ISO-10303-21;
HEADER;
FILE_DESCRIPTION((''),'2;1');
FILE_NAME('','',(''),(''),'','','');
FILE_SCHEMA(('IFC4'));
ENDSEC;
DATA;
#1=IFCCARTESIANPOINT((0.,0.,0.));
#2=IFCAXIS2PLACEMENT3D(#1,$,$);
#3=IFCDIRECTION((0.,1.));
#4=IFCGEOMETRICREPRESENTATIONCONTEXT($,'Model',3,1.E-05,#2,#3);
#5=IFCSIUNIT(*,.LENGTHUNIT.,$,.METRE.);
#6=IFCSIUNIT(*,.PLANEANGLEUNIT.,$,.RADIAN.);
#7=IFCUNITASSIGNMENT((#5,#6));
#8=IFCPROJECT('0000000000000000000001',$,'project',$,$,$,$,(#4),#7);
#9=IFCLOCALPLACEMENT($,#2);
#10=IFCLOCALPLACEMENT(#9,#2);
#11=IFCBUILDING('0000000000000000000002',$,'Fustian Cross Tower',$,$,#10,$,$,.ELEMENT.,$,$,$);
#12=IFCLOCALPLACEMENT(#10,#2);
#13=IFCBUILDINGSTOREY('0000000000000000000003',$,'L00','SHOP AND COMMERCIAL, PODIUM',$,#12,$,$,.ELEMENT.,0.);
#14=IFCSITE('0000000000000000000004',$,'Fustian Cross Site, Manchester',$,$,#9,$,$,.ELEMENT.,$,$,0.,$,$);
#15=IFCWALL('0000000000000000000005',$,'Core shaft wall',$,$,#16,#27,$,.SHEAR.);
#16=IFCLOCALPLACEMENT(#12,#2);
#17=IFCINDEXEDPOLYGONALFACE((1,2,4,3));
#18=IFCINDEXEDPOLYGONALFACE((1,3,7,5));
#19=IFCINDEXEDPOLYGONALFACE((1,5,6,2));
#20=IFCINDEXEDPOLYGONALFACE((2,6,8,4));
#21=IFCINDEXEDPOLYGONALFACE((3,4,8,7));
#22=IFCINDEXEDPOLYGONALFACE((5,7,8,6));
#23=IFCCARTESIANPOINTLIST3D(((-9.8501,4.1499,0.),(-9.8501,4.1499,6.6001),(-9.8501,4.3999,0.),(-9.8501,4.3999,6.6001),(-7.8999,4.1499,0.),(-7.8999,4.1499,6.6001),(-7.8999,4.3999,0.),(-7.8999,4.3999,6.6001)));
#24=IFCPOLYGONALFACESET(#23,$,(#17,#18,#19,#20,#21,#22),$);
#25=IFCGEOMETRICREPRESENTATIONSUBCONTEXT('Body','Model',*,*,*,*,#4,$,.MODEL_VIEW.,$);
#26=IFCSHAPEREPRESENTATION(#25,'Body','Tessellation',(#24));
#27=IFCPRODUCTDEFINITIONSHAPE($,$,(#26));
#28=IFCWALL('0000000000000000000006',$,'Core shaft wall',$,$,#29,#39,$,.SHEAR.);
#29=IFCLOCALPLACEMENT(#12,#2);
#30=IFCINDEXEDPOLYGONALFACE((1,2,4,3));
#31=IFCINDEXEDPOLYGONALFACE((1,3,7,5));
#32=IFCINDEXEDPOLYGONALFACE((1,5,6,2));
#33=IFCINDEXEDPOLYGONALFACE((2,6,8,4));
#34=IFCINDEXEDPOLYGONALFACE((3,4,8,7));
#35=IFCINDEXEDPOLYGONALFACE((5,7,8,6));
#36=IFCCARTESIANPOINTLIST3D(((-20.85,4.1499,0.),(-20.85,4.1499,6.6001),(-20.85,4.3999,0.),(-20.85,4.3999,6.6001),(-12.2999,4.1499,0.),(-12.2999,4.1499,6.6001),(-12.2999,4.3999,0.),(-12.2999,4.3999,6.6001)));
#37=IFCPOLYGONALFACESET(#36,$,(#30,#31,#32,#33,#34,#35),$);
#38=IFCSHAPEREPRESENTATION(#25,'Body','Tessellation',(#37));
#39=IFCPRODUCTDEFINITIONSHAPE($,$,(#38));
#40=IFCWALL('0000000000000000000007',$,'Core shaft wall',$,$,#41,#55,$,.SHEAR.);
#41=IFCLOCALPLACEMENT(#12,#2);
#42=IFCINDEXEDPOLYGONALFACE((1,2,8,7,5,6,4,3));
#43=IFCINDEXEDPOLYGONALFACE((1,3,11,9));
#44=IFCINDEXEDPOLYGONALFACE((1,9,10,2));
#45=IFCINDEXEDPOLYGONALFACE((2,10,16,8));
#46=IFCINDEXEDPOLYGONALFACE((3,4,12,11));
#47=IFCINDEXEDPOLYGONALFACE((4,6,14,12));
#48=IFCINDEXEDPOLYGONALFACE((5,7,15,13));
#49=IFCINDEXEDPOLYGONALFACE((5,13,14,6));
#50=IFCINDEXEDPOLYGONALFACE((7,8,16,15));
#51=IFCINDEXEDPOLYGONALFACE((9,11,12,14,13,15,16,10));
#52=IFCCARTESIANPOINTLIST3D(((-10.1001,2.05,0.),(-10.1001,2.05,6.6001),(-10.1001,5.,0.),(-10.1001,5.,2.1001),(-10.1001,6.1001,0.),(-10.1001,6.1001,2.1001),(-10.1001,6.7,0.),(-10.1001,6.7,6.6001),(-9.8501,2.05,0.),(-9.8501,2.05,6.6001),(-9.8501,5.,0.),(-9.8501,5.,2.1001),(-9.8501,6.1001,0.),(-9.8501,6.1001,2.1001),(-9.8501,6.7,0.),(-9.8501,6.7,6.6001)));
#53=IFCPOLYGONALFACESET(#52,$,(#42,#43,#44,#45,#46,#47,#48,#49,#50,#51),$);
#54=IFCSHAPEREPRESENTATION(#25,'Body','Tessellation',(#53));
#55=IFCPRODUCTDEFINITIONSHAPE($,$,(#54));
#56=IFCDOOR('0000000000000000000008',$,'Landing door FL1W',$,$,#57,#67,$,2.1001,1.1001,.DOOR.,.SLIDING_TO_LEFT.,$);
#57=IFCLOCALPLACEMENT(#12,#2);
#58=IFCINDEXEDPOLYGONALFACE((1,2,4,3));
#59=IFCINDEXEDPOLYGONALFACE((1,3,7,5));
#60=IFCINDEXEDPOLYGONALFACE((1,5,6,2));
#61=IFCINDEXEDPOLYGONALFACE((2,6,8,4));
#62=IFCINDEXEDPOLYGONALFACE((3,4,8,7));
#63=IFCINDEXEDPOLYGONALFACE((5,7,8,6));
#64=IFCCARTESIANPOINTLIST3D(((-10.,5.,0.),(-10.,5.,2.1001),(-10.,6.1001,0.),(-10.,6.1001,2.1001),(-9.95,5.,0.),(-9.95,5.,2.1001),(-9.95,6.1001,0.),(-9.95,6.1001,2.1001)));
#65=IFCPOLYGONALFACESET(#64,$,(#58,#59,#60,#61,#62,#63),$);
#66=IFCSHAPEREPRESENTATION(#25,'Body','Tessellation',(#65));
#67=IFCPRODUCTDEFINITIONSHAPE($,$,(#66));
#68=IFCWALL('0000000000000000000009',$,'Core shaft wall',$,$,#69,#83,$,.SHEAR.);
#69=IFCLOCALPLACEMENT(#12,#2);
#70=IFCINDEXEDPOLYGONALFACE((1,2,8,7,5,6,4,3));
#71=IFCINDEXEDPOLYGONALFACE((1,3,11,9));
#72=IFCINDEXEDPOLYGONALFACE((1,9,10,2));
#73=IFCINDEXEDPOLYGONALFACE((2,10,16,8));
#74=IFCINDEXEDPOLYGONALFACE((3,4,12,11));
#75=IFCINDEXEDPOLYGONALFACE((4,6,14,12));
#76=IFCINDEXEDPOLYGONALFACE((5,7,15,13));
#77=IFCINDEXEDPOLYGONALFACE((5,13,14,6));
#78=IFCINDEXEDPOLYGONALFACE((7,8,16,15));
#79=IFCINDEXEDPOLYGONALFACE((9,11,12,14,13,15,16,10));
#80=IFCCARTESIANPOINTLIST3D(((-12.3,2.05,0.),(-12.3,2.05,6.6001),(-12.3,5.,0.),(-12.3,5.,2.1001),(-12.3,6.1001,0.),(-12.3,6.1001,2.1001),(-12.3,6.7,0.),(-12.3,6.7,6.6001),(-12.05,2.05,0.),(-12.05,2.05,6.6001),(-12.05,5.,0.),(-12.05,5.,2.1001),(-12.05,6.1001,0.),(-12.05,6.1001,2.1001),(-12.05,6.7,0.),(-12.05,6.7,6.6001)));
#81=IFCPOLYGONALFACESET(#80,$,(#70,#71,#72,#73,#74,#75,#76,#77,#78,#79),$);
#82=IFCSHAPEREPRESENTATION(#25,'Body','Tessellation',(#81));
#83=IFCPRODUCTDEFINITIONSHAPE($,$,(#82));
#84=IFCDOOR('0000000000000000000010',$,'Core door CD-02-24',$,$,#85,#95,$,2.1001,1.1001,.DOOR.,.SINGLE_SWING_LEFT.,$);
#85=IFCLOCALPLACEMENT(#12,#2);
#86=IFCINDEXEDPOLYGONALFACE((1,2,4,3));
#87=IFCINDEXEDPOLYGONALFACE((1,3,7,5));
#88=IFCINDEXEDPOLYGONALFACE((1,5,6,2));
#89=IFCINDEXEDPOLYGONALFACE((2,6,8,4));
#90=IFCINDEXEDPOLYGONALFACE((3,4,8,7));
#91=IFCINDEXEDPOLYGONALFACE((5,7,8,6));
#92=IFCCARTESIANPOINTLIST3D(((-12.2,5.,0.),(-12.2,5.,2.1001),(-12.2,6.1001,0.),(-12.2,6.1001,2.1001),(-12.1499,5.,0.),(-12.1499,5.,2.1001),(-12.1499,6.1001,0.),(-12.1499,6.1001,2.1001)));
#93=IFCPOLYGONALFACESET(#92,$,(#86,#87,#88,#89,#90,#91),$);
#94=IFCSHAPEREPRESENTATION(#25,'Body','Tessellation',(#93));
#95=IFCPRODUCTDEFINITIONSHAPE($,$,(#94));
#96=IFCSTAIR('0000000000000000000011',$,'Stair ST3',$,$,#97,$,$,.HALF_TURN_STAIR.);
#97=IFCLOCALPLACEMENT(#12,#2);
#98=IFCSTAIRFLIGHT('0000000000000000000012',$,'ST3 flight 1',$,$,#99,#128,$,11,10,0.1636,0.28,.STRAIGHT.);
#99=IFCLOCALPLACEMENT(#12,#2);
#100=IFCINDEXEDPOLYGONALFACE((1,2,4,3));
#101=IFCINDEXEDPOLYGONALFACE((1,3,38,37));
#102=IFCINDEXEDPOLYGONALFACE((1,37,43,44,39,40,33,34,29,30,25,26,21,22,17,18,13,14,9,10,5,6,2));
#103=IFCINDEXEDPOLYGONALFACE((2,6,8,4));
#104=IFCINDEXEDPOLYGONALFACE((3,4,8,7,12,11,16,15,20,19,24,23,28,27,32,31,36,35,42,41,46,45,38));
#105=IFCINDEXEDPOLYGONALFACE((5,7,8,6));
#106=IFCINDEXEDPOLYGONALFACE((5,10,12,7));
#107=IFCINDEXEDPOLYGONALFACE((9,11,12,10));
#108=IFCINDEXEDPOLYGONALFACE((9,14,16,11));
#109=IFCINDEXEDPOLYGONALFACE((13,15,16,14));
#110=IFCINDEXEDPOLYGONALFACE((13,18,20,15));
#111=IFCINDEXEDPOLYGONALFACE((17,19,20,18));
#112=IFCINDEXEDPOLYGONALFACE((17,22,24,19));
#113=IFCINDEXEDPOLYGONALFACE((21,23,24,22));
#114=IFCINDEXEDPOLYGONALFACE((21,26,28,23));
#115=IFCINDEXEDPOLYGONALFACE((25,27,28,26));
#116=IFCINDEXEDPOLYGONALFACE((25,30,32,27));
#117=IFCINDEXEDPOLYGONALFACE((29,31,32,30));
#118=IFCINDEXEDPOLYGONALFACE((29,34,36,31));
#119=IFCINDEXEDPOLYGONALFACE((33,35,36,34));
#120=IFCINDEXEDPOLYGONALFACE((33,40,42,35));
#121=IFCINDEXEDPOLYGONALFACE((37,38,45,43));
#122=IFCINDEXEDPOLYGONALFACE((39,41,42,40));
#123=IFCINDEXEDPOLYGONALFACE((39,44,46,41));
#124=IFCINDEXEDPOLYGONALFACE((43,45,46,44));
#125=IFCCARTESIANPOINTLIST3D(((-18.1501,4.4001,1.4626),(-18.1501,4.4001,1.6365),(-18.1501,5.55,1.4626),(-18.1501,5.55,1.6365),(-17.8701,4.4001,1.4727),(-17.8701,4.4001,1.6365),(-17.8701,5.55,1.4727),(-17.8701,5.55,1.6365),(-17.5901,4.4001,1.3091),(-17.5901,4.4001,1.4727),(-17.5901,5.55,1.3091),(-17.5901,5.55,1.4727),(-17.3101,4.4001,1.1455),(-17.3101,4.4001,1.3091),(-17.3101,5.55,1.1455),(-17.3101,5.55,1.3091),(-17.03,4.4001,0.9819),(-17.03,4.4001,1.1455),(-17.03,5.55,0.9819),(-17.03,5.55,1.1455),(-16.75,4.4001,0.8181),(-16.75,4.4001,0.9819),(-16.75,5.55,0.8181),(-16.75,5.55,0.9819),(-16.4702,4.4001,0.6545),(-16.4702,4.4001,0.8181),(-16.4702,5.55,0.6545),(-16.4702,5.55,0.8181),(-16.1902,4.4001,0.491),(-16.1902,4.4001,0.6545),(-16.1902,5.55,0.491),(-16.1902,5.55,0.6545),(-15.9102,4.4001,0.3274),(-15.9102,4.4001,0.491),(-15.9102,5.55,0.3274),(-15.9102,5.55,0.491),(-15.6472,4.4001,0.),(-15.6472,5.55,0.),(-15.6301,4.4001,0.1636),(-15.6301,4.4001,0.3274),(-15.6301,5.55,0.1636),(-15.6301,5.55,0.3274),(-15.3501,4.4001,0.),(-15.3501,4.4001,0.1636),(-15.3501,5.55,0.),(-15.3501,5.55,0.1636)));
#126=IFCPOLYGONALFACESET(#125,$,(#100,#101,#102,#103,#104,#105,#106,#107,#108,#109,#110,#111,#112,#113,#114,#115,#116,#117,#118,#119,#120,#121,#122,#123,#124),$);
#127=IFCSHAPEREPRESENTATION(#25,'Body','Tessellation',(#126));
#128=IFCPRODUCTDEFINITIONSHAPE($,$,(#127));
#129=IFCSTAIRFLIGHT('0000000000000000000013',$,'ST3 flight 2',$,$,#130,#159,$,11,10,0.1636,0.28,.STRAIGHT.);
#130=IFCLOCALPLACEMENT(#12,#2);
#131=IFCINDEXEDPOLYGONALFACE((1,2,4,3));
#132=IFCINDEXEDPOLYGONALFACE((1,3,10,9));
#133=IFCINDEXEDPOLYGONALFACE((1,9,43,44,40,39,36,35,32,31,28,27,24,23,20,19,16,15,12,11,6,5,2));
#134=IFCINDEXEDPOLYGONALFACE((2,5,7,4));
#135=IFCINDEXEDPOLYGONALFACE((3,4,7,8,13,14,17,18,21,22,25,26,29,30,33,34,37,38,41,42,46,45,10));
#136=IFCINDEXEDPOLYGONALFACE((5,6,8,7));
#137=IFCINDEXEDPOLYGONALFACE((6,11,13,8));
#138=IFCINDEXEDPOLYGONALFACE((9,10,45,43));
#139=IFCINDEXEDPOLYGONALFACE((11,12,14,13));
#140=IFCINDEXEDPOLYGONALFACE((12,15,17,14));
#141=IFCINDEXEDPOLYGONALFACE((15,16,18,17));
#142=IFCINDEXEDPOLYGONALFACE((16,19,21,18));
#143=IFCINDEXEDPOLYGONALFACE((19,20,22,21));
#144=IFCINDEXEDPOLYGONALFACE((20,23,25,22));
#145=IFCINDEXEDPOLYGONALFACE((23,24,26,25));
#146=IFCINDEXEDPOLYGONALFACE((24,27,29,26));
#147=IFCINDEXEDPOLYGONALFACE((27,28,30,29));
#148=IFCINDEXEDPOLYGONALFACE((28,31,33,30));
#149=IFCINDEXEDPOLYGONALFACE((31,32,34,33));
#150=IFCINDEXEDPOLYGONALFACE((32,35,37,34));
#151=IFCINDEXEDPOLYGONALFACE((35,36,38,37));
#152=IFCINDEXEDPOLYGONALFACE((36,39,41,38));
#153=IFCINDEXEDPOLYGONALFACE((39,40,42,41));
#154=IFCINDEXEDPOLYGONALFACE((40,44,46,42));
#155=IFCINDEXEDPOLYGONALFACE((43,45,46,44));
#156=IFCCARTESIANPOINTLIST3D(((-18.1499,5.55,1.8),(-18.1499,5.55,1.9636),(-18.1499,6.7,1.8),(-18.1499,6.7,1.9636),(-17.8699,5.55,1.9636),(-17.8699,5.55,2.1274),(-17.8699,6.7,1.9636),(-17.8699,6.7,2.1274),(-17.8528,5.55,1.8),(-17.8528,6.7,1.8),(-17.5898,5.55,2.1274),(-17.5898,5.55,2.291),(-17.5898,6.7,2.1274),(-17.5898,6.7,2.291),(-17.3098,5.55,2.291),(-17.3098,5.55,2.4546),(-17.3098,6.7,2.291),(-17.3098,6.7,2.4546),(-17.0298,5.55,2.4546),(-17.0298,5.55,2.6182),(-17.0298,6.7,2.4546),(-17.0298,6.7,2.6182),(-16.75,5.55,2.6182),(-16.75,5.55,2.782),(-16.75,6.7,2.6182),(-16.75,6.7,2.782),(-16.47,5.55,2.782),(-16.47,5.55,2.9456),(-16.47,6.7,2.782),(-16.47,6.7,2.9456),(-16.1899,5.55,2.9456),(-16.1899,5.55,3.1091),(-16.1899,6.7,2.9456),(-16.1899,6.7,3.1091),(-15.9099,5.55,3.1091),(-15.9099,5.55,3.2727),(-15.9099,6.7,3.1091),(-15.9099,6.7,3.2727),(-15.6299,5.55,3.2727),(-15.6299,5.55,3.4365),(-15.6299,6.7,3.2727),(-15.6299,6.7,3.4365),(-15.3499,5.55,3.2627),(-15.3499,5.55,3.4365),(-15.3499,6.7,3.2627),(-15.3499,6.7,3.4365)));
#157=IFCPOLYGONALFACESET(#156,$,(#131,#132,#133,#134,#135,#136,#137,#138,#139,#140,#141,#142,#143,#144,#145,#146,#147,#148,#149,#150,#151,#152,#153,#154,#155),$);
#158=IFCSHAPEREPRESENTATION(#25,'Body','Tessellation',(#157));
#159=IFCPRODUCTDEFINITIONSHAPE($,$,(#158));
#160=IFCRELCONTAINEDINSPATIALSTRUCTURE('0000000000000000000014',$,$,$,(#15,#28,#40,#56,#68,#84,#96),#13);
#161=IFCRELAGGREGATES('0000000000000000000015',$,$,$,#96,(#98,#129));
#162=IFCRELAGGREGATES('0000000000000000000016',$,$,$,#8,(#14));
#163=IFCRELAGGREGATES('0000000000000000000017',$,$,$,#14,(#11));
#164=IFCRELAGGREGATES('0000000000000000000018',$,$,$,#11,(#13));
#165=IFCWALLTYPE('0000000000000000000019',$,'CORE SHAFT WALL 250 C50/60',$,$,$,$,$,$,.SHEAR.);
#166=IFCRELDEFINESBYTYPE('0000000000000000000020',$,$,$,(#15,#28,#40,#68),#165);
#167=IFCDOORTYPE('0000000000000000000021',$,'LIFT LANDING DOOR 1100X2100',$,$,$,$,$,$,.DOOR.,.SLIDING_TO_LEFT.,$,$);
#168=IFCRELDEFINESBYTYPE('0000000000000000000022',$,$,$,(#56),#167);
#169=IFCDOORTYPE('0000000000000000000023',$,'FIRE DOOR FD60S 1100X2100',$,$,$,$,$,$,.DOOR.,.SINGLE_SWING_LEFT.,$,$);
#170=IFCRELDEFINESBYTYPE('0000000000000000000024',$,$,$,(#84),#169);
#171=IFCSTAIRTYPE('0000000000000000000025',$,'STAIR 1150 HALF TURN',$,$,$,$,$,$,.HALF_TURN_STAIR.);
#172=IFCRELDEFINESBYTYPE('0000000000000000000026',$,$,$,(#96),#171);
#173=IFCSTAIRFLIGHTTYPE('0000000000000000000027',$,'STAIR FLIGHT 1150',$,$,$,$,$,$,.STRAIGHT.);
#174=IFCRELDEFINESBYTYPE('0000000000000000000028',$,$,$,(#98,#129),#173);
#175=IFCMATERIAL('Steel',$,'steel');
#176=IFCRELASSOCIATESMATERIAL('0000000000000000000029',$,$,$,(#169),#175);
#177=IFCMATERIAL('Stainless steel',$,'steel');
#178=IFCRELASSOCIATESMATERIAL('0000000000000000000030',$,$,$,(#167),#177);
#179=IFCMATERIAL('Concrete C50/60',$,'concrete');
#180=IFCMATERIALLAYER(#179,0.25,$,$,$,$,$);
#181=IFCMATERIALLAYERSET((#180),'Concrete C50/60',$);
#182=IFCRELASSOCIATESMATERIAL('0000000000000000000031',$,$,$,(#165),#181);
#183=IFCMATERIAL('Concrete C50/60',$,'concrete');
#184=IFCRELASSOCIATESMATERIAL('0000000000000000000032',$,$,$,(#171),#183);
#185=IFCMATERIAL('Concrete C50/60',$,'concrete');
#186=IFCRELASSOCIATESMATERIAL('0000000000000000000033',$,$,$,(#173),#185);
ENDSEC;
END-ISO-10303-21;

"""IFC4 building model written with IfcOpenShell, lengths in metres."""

from ifc_helpers import new_model, si_unit, direction, frame, frame_2d, origin, place, context, subcontext, project, spatial, polyline, rectangle, outline, extrude, material, layer, layer_set, type_object, element, fill, aggregate, save


model = new_model("IFC4")

# Units and contexts
model_context = context("Model", 3, precision=1e-05, world=origin(), true_north=direction((0.0, 1.0)))
body_context = subcontext(model_context, "Body", "Model", "MODEL_VIEW")
ifc_project = project(units=[si_unit("LENGTHUNIT", "METRE"), si_unit("PLANEANGLEUNIT", "RADIAN")], contexts=[model_context])

# Site, building, storey
site_placement = place(None, origin())
site = spatial("IfcSite", under=ifc_project, at=site_placement, Name="Fustian Cross Site, Manchester", CompositionType="ELEMENT", RefElevation=0.0)
building_placement = place(site_placement, origin())
building = spatial("IfcBuilding", under=site, at=building_placement, Name="Fustian Cross Tower", CompositionType="ELEMENT")
storey_placement = place(building_placement, origin())
storey = spatial("IfcBuildingStorey", under=building, at=storey_placement, Name="L00", Description="SHOP AND COMMERCIAL, PODIUM", CompositionType="ELEMENT", Elevation=0.0)

# Shared definitions
ifc_material_1 = material(Name="Steel", Category="steel")
door_type_1 = type_object("IfcDoorType", Name="FIRE DOOR FD60S 1100X2100", OperationType="SINGLE_SWING_LEFT", PredefinedType="DOOR", material=ifc_material_1)

# Shared definitions
ifc_material_2 = material(Name="Stainless steel", Category="steel")
door_type_2 = type_object("IfcDoorType", Name="LIFT LANDING DOOR 1100X2100", OperationType="SLIDING_TO_LEFT", PredefinedType="DOOR", material=ifc_material_2)

# Walls
ifc_material_3 = material(Name="Concrete C50/60", Category="concrete")
ifc_layer_1 = layer(ifc_material_3, 0.25)
ifc_layer_set_1 = layer_set([ifc_layer_1], Name="Concrete C50/60")
wall_type_1 = type_object("IfcWallType", Name="CORE SHAFT WALL 250 C50/60", PredefinedType="SHEAR", material=ifc_layer_set_1)
wall_1_placement = place(storey_placement, frame((-7.8999, 4.2749, 0.0), z_axis=(0.0, 0.0, 1.0), x_axis=(-1.0, 0.0, 0.0)))
element("IfcWall", 1, at=wall_1_placement, inside=storey, type_object=wall_type_1, Name="Core shaft wall", PredefinedType="SHEAR", context=body_context, shape_type="SweptSolid", body=[
    extrude(rectangle(XDim=1.9502, YDim=0.25, at=frame_2d((0.9751, 0.0))), origin(), (0.0, 0.0, 1.0), 6.6001),
])
wall_2_placement = place(storey_placement, frame((-12.3, 4.2749, 0.0), z_axis=(0.0, 0.0, 1.0), x_axis=(-1.0, 0.0, 0.0)))
element("IfcWall", 2, at=wall_2_placement, inside=storey, type_object=wall_type_1, Name="Core shaft wall", PredefinedType="SHEAR", context=body_context, shape_type="SweptSolid", body=[
    extrude(rectangle(XDim=8.55, YDim=0.25, at=frame_2d((4.2749, 0.0))), origin(), (0.0, 0.0, 1.0), 6.6001),
])

# Walls, openings, doors
wall_3_placement = place(storey_placement, frame((-9.9751, 2.05, 0.0), z_axis=(0.0, 0.0, 1.0), x_axis=(0.0, 1.0, 0.0)))
wall_3 = element("IfcWall", 3, at=wall_3_placement, inside=storey, type_object=wall_type_1, Name="Core shaft wall", PredefinedType="SHEAR", context=body_context, shape_type="SweptSolid", body=[
    extrude(rectangle(XDim=4.6499, YDim=0.25, at=frame_2d((2.325, 0.0))), origin(), (0.0, 0.0, 1.0), 6.6001),
])
opening_1_placement = place(wall_3_placement, frame((2.95, 0.0, 0.0)))
opening_1 = element("IfcOpeningElement", 4, at=opening_1_placement, cuts=wall_3, PredefinedType="OPENING", context=body_context, shape_type="SweptSolid", body=[
    extrude(rectangle(XDim=1.1001, YDim=2.1001, at=frame_2d((0.55, 1.05))), frame((0.0, 0.135, 0.0), z_axis=(0.0, -1.0, 0.0), x_axis=(1.0, 0.0, 0.0)), (0.0, 0.0, 1.0), 0.27),
])
door_1_placement = place(opening_1_placement, origin())
door_1 = element("IfcDoor", 5, at=door_1_placement, inside=storey, type_object=door_type_2, Name="Landing door FL1W", OperationType="SLIDING_TO_LEFT", OverallHeight=2.1001, OverallWidth=1.1001, PredefinedType="DOOR", context=body_context, shape_type="SweptSolid", body=[
    extrude(rectangle(XDim=1.1001, YDim=2.1001, at=frame_2d((0.55, 1.05))), frame((0.0, 0.0249, 0.0), z_axis=(0.0, -1.0, 0.0), x_axis=(1.0, 0.0, 0.0)), (0.0, 0.0, 1.0), 0.05),
])
fill(opening_1, door_1)
wall_4_placement = place(storey_placement, frame((-12.175, 2.05, 0.0), z_axis=(0.0, 0.0, 1.0), x_axis=(0.0, 1.0, 0.0)))
wall_4 = element("IfcWall", 6, at=wall_4_placement, inside=storey, type_object=wall_type_1, Name="Core shaft wall", PredefinedType="SHEAR", context=body_context, shape_type="SweptSolid", body=[
    extrude(rectangle(XDim=4.6499, YDim=0.25, at=frame_2d((2.325, 0.0))), origin(), (0.0, 0.0, 1.0), 6.6001),
])
opening_2_placement = place(wall_4_placement, frame((2.95, 0.0, 0.0)))
opening_2 = element("IfcOpeningElement", 7, at=opening_2_placement, cuts=wall_4, PredefinedType="OPENING", context=body_context, shape_type="SweptSolid", body=[
    extrude(rectangle(XDim=1.1001, YDim=2.1001, at=frame_2d((0.55, 1.05))), frame((0.0, 0.135, 0.0), z_axis=(0.0, -1.0, 0.0), x_axis=(1.0, 0.0, 0.0)), (0.0, 0.0, 1.0), 0.27),
])
door_2_placement = place(opening_2_placement, origin())
door_2 = element("IfcDoor", 8, at=door_2_placement, inside=storey, type_object=door_type_1, Name="Core door CD-02-24", OperationType="SINGLE_SWING_LEFT", OverallHeight=2.1001, OverallWidth=1.1001, PredefinedType="DOOR", context=body_context, shape_type="SweptSolid", body=[
    extrude(rectangle(XDim=1.1001, YDim=2.1001, at=frame_2d((0.55, 1.05))), frame((0.0, 0.0249, 0.0), z_axis=(0.0, -1.0, 0.0), x_axis=(1.0, 0.0, 0.0)), (0.0, 0.0, 1.0), 0.05),
])
fill(opening_2, door_2)

# Stair, stair flights
ifc_material_4 = material(Name="Concrete C50/60", Category="concrete")
stair_type = type_object("IfcStairType", Name="STAIR 1150 HALF TURN", PredefinedType="HALF_TURN_STAIR", material=ifc_material_4)
stair_placement = place(storey_placement, origin())
stair = element("IfcStair", 9, at=stair_placement, inside=storey, type_object=stair_type, Name="Stair ST3", PredefinedType="HALF_TURN_STAIR")
ifc_material_5 = material(Name="Concrete C50/60", Category="concrete")
stair_flight_type = type_object("IfcStairFlightType", Name="STAIR FLIGHT 1150", PredefinedType="STRAIGHT", material=ifc_material_5)
stair_flight_1_placement = place(storey_placement, frame((-15.3501, 4.9751, 0.0), z_axis=(0.0, 0.0, 1.0), x_axis=(-1.0, 0.0, 0.0)))
stair_flight_1 = element("IfcStairFlight", 10, at=stair_flight_1_placement, type_object=stair_flight_type, Name="ST3 flight 1", NumberOfRisers=11, NumberOfTreads=10, PredefinedType="STRAIGHT", RiserHeight=0.1636, TreadLength=0.28, context=body_context, shape_type="SweptSolid", body=[
    extrude(outline(polyline([(0.0, 0.0), (0.0, 0.1636), (0.28, 0.1636), (0.28, 0.3274), (0.5601, 0.3274), (0.5601, 0.491), (0.8401, 0.491), (0.8401, 0.6545), (1.1201, 0.6545), (1.1201, 0.8181), (1.3999, 0.8181), (1.3999, 0.9819), (1.6799, 0.9819), (1.6799, 1.1455), (1.96, 1.1455), (1.96, 1.3091), (2.24, 1.3091), (2.24, 1.4727), (2.52, 1.4727), (2.52, 1.6365), (2.8, 1.6365), (2.8, 1.8), (2.8, 1.4626), (0.2971, 0.0), (0.0, 0.0)])), frame((0.0, 0.575, 0.0), z_axis=(0.0, -1.0, 0.0), x_axis=(1.0, 0.0, 0.0)), (0.0, 0.0, 1.0), 1.1499),
])
stair_flight_2_placement = place(storey_placement, frame((-18.1499, 6.125, 1.8), z_axis=(0.0, 0.0, 1.0), x_axis=(1.0, 0.0, 0.0)))
stair_flight_2 = element("IfcStairFlight", 11, at=stair_flight_2_placement, type_object=stair_flight_type, Name="ST3 flight 2", NumberOfRisers=11, NumberOfTreads=10, PredefinedType="STRAIGHT", RiserHeight=0.1636, TreadLength=0.28, context=body_context, shape_type="SweptSolid", body=[
    extrude(outline(polyline([(0.0, 0.0), (0.0, 0.1636), (0.28, 0.1636), (0.28, 0.3274), (0.5601, 0.3274), (0.5601, 0.491), (0.8401, 0.491), (0.8401, 0.6545), (1.1201, 0.6545), (1.1201, 0.8181), (1.3999, 0.8181), (1.3999, 0.9819), (1.6799, 0.9819), (1.6799, 1.1455), (1.96, 1.1455), (1.96, 1.3091), (2.24, 1.3091), (2.24, 1.4727), (2.52, 1.4727), (2.52, 1.6365), (2.8, 1.6365), (2.8, 1.8), (2.8, 1.4626), (0.2971, 0.0), (0.0, 0.0)])), frame((0.0, 0.575, 0.0), z_axis=(0.0, -1.0, 0.0), x_axis=(1.0, 0.0, 0.0)), (0.0, 0.0, 1.0), 1.1499),
])
aggregate(stair, [stair_flight_1, stair_flight_2])

save(model, "model.ifc")
